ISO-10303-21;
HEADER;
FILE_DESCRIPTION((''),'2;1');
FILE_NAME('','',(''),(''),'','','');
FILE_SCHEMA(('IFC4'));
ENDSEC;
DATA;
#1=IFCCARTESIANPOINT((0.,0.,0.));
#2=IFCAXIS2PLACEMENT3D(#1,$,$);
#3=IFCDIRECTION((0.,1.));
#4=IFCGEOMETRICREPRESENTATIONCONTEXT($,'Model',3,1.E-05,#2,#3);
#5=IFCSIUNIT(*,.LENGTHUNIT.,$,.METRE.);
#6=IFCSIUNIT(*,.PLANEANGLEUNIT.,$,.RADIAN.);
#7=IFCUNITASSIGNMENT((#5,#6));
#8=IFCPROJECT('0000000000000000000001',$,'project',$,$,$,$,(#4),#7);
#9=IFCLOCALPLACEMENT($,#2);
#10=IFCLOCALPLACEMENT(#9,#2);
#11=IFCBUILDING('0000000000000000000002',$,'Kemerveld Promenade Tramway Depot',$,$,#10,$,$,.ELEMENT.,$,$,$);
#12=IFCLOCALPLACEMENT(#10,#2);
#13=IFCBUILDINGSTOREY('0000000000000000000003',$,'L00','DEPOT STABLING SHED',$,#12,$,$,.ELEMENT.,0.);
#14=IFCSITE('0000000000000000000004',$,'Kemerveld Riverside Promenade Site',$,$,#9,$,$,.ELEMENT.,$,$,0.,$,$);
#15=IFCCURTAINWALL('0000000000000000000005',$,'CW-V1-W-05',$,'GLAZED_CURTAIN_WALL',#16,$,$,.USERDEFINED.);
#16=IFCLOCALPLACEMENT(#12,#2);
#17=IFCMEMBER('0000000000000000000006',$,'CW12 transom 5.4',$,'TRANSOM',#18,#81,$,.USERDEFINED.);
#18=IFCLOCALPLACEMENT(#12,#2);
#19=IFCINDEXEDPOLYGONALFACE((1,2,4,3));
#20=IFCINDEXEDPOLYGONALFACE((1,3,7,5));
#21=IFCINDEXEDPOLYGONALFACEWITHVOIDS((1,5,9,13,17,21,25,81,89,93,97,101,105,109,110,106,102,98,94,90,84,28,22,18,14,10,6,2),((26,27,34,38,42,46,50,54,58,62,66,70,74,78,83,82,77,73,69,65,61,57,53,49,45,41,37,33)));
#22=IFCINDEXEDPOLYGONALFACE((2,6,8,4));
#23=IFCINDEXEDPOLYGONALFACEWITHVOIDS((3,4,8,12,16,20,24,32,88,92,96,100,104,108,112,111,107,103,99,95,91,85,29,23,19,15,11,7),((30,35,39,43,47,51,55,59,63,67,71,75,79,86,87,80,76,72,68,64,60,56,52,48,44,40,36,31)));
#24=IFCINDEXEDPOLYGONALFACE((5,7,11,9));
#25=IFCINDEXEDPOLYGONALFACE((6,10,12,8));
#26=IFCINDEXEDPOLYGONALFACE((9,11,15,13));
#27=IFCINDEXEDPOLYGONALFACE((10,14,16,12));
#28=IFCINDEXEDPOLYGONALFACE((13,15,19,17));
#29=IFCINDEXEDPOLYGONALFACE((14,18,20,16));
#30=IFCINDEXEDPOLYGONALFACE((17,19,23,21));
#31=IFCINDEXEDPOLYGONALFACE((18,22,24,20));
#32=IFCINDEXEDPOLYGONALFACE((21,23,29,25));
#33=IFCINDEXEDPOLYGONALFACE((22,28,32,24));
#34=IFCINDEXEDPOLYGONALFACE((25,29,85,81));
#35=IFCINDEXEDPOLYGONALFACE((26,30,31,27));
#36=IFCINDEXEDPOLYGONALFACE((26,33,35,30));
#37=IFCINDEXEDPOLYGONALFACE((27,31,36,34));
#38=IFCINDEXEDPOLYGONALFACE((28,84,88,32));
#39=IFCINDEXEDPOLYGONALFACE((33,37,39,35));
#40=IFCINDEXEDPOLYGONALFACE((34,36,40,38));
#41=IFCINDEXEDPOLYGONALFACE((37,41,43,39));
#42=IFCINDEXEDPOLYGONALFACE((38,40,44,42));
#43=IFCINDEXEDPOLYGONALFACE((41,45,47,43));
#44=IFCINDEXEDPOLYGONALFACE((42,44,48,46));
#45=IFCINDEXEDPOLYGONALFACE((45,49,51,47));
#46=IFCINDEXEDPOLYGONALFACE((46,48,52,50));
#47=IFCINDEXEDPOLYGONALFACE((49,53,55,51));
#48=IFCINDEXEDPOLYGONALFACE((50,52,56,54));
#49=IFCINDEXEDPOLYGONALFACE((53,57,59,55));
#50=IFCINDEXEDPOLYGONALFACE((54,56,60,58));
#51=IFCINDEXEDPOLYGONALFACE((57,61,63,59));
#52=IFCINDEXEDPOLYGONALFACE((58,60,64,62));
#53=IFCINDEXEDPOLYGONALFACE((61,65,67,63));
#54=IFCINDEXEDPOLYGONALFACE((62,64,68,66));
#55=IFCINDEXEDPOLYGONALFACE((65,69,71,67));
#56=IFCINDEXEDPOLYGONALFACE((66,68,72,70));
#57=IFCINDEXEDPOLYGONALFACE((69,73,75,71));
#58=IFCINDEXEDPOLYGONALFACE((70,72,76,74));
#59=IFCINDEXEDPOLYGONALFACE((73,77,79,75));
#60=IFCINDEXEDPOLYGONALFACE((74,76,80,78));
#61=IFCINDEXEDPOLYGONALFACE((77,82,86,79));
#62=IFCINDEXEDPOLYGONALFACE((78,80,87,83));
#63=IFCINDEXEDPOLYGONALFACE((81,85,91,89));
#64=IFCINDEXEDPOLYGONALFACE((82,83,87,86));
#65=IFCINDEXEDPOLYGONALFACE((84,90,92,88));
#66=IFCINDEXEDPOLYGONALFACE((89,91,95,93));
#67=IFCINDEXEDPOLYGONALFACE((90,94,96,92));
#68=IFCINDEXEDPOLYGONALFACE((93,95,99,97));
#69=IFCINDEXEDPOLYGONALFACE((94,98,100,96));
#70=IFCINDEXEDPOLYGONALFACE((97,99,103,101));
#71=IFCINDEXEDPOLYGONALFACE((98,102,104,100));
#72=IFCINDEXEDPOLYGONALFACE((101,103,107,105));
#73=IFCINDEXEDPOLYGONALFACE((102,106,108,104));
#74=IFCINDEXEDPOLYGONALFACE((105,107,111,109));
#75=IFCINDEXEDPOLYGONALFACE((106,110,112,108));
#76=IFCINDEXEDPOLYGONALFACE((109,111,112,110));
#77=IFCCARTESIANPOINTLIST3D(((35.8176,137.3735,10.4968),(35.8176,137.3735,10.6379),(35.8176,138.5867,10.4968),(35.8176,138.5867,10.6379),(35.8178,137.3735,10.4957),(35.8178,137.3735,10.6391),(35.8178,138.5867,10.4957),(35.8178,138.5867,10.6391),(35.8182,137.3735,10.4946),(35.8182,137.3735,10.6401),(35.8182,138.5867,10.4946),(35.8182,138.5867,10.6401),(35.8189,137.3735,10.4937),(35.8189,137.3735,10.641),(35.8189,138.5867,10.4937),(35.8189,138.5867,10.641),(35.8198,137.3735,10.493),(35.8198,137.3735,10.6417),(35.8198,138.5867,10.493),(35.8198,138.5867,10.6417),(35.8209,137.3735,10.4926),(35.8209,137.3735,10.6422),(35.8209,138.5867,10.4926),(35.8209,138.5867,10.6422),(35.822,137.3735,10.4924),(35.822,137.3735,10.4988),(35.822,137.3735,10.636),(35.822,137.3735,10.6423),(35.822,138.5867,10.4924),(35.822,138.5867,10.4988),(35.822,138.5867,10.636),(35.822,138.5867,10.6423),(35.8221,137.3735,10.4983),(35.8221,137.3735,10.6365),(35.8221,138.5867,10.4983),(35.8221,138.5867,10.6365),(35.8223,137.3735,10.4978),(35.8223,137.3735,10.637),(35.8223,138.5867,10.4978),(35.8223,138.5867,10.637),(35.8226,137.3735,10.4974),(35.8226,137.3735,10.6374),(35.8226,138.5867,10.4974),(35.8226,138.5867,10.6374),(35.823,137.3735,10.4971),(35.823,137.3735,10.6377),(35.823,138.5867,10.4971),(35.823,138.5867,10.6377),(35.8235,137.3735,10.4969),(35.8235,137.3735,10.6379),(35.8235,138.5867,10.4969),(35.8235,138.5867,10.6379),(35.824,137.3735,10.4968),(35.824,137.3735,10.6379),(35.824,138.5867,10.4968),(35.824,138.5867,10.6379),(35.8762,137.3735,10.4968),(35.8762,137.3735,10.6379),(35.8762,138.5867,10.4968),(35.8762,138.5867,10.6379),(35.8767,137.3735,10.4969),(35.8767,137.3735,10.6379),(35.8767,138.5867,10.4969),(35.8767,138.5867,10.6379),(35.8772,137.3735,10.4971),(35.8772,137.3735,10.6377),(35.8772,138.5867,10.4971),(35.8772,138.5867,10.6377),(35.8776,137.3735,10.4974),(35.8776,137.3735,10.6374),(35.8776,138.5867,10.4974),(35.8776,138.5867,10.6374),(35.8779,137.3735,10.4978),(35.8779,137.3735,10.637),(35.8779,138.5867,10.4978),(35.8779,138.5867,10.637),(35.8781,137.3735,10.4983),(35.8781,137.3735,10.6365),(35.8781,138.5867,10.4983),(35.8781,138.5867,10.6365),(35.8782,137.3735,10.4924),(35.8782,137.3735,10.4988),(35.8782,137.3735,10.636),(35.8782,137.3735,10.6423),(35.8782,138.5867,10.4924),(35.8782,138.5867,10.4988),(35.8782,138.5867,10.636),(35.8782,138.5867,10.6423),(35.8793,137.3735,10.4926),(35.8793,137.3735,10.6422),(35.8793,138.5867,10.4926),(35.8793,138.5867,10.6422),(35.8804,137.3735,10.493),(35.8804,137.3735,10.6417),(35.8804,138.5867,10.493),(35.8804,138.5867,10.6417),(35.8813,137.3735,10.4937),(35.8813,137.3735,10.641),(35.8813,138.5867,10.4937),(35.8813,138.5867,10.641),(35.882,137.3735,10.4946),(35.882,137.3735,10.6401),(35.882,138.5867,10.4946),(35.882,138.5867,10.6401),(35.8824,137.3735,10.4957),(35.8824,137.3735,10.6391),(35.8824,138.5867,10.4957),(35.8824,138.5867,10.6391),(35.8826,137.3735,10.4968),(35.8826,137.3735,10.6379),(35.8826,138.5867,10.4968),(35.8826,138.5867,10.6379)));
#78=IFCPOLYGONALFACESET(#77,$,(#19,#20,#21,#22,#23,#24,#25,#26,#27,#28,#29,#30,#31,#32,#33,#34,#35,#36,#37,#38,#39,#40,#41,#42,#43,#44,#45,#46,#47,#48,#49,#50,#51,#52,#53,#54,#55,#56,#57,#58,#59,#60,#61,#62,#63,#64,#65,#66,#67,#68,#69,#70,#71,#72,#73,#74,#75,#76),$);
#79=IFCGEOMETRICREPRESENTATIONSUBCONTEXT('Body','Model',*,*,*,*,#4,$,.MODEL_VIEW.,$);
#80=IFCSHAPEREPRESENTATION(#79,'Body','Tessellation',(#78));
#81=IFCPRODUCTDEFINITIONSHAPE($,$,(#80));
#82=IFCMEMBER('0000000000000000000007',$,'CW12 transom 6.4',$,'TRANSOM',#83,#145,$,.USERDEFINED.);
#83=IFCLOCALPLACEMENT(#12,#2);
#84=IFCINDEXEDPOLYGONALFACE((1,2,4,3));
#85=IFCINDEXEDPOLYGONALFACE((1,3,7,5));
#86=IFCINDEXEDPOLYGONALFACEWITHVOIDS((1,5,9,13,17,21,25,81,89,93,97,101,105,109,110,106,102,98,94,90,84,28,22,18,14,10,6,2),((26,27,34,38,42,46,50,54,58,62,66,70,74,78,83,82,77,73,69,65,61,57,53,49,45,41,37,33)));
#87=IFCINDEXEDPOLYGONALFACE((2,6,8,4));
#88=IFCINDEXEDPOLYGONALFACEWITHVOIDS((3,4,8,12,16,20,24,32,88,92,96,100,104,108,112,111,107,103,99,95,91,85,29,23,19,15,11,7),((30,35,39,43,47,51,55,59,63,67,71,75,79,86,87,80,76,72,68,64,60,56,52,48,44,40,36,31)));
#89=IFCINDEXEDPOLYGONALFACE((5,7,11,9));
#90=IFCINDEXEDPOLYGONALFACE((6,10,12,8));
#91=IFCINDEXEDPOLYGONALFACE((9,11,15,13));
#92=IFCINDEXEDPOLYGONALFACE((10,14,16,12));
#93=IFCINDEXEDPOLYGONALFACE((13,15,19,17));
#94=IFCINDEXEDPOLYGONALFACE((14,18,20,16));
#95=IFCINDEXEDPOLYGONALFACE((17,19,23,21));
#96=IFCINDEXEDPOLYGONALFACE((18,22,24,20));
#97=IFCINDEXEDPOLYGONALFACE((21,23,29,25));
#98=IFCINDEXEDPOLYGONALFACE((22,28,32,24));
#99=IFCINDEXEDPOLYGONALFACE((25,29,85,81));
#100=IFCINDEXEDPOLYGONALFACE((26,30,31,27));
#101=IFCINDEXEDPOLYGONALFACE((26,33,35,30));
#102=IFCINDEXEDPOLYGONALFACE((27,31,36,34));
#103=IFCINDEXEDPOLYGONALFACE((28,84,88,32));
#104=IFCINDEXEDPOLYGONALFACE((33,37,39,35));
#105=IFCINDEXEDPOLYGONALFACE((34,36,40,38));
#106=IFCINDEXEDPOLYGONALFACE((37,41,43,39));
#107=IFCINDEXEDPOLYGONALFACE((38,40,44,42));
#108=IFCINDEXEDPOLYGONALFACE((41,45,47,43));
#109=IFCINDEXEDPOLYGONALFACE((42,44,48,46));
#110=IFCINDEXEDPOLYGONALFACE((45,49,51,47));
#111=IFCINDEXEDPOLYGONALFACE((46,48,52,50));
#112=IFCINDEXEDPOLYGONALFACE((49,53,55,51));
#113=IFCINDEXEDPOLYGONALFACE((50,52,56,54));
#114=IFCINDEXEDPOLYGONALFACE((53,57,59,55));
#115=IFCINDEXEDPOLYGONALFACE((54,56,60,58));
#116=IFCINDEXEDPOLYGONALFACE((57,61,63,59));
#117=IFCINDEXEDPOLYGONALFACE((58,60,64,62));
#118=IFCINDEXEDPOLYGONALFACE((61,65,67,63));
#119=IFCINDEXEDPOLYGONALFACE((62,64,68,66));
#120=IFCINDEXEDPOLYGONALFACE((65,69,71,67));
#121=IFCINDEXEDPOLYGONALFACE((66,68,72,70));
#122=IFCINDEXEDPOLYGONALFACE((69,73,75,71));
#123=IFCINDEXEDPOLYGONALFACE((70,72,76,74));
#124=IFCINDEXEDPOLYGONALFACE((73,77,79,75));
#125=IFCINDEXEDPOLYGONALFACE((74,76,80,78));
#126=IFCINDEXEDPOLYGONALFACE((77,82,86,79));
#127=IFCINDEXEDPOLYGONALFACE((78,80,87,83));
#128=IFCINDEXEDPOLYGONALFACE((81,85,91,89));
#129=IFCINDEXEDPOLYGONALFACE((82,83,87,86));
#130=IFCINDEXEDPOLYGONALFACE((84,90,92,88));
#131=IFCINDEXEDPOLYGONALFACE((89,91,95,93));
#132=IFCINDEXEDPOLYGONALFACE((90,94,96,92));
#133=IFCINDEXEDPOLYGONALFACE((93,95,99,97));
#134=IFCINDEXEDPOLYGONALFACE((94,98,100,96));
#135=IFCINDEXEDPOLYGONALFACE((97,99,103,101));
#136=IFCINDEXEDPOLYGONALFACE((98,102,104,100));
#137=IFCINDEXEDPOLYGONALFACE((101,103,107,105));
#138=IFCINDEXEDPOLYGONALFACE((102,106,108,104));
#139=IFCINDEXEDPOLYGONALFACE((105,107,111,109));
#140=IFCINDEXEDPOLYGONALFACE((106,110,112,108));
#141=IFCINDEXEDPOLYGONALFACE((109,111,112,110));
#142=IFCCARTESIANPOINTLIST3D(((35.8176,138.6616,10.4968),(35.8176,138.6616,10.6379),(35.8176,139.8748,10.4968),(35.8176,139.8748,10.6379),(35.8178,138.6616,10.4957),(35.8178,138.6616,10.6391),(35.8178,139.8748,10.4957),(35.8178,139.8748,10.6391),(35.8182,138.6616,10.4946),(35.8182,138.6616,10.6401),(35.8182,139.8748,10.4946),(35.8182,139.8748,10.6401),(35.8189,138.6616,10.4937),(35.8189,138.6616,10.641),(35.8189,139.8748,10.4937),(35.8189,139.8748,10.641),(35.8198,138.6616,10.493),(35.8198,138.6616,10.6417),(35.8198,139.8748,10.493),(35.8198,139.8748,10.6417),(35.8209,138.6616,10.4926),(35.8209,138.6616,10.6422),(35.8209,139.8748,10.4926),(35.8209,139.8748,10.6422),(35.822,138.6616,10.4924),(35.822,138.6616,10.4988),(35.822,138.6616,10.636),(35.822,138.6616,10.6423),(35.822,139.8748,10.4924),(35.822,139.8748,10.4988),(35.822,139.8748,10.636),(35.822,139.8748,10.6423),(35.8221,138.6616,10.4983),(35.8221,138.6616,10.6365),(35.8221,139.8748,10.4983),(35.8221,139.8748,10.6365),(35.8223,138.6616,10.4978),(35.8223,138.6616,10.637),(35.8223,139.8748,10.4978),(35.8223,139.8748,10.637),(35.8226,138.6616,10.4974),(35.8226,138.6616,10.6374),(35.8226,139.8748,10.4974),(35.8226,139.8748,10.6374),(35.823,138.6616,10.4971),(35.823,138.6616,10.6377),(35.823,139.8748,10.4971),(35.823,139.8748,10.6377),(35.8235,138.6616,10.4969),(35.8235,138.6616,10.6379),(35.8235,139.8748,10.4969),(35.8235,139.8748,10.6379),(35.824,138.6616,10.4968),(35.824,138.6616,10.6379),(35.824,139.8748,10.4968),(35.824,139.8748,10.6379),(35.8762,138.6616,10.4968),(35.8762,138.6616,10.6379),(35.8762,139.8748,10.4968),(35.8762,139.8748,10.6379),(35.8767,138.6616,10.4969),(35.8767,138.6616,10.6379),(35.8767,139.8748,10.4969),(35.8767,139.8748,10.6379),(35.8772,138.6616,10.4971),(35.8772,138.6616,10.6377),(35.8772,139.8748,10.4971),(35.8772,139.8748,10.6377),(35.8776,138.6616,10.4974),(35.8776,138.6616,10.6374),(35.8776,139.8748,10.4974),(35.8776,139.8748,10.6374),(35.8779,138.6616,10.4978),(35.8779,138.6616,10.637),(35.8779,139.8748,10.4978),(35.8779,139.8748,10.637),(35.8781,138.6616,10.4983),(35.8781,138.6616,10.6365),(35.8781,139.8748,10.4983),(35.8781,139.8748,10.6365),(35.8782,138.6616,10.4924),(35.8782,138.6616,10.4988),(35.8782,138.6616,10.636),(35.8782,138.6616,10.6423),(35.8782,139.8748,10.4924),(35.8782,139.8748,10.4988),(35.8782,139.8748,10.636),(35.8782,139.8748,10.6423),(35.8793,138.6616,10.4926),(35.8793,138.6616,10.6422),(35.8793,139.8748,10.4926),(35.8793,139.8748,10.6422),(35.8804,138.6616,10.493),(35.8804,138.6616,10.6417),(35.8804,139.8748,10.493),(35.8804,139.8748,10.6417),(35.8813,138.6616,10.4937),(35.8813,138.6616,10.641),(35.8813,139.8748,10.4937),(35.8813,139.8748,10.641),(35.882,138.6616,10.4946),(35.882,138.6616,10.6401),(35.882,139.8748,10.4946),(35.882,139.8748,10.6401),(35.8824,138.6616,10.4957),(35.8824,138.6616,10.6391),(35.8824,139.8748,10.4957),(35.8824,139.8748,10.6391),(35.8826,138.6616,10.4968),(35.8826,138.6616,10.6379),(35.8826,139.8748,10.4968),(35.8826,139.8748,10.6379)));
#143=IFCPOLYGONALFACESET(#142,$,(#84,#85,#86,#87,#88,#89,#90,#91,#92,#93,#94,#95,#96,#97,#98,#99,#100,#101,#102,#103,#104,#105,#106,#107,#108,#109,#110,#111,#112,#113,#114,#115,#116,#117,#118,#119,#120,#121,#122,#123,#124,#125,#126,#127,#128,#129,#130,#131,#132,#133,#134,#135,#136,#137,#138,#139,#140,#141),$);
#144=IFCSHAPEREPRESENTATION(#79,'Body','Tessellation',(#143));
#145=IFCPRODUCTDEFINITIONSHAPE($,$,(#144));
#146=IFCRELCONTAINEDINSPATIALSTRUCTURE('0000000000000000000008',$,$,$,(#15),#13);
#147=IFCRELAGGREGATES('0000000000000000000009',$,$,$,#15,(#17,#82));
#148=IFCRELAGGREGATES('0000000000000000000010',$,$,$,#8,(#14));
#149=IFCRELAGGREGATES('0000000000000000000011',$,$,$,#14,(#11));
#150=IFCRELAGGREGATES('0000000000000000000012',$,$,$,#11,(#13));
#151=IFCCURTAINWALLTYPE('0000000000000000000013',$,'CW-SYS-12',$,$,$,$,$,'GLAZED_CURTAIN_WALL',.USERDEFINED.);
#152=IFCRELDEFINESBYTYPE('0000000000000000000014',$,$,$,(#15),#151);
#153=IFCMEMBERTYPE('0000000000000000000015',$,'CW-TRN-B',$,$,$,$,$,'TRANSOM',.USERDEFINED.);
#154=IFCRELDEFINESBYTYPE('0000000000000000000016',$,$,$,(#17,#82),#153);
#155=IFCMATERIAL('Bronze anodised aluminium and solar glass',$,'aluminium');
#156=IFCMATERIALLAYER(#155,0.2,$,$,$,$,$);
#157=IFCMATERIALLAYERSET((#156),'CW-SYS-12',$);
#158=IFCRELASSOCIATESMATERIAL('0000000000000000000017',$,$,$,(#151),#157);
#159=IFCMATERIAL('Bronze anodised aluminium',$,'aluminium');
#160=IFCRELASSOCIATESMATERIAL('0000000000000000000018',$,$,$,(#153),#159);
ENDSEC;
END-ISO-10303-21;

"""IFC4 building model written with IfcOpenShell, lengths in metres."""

from ifc_helpers import new_model, si_unit, direction, frame, origin, origin_2d, place, context, subcontext, project, spatial, hollow_rectangle, extrude, material, layer, layer_set, material_profile, profile_set, type_object, element, aggregate, save


model = new_model("IFC4")

# Units and contexts
model_context = context("Model", 3, precision=1e-05, world=origin(), true_north=direction((0.0, 1.0)))
body_context = subcontext(model_context, "Body", "Model", "MODEL_VIEW")
ifc_project = project(units=[si_unit("LENGTHUNIT", "METRE"), si_unit("PLANEANGLEUNIT", "RADIAN")], contexts=[model_context])

# Site, building, storey
site_placement = place(None, origin())
site = spatial("IfcSite", under=ifc_project, at=site_placement, Name="Kemerveld Riverside Promenade Site", CompositionType="ELEMENT", RefElevation=0.0)
building_placement = place(site_placement, origin())
building = spatial("IfcBuilding", under=site, at=building_placement, Name="Kemerveld Promenade Tramway Depot", CompositionType="ELEMENT")
storey_placement = place(building_placement, origin())
storey = spatial("IfcBuildingStorey", under=building, at=storey_placement, Name="L00", Description="DEPOT STABLING SHED", CompositionType="ELEMENT", Elevation=0.0)

# Curtain wall, members
ifc_material_1 = material(Name="Bronze anodised aluminium and solar glass", Category="aluminium")
ifc_layer_1 = layer(ifc_material_1, 0.2)
ifc_layer_set_1 = layer_set([ifc_layer_1], Name="CW-SYS-12")
curtain_wall_type = type_object("IfcCurtainWallType", Name="CW-SYS-12", ElementType="GLAZED_CURTAIN_WALL", PredefinedType="USERDEFINED", material=ifc_layer_set_1)
curtain_wall_placement = place(storey_placement, origin())
curtain_wall = element("IfcCurtainWall", 1, at=curtain_wall_placement, inside=storey, type_object=curtain_wall_type, Name="CW-V1-W-05", ObjectType="GLAZED_CURTAIN_WALL", PredefinedType="USERDEFINED")
ifc_material_2 = material(Name="Bronze anodised aluminium", Category="aluminium")
ifc_material_profile_1 = material_profile(ifc_material_2, hollow_rectangle(XDim=0.0649, YDim=0.1499, WallThickness=0.0044, InnerFilletRadius=0.002, OuterFilletRadius=0.0044, at=origin_2d()), Name="CW-TRN-150x65")
ifc_profile_set_1 = profile_set([ifc_material_profile_1], Name="Bronze anodised aluminium")
member_type_1 = type_object("IfcMemberType", Name="CW-TRN-B", ElementType="TRANSOM", PredefinedType="USERDEFINED", material=ifc_profile_set_1)
member_1_placement = place(storey_placement, frame((35.8501, 137.3735, 10.5674), z_axis=(0.0, 1.0, 0.0), x_axis=(-1.0, 0.0, 0.0)))
member_1 = element("IfcMember", 2, at=member_1_placement, type_object=member_type_1, Name="CW12 transom 5.4", ObjectType="TRANSOM", PredefinedType="USERDEFINED", context=body_context, shape_type="SweptSolid", body=[
    extrude(hollow_rectangle(XDim=0.0649, YDim=0.1499, WallThickness=0.0044, InnerFilletRadius=0.002, OuterFilletRadius=0.0044, at=origin_2d()), origin(), (0.0, 0.0, 1.0), 1.2131),
])
member_2_placement = place(storey_placement, frame((35.8501, 138.6616, 10.5674), z_axis=(0.0, 1.0, 0.0), x_axis=(-1.0, 0.0, 0.0)))
member_2 = element("IfcMember", 3, at=member_2_placement, type_object=member_type_1, Name="CW12 transom 6.4", ObjectType="TRANSOM", PredefinedType="USERDEFINED", context=body_context, shape_type="SweptSolid", body=[
    extrude(hollow_rectangle(XDim=0.0649, YDim=0.1499, WallThickness=0.0044, InnerFilletRadius=0.002, OuterFilletRadius=0.0044, at=origin_2d()), origin(), (0.0, 0.0, 1.0), 1.2131),
])

aggregate(curtain_wall, [member_1, member_2])

save(model, "model.ifc")
